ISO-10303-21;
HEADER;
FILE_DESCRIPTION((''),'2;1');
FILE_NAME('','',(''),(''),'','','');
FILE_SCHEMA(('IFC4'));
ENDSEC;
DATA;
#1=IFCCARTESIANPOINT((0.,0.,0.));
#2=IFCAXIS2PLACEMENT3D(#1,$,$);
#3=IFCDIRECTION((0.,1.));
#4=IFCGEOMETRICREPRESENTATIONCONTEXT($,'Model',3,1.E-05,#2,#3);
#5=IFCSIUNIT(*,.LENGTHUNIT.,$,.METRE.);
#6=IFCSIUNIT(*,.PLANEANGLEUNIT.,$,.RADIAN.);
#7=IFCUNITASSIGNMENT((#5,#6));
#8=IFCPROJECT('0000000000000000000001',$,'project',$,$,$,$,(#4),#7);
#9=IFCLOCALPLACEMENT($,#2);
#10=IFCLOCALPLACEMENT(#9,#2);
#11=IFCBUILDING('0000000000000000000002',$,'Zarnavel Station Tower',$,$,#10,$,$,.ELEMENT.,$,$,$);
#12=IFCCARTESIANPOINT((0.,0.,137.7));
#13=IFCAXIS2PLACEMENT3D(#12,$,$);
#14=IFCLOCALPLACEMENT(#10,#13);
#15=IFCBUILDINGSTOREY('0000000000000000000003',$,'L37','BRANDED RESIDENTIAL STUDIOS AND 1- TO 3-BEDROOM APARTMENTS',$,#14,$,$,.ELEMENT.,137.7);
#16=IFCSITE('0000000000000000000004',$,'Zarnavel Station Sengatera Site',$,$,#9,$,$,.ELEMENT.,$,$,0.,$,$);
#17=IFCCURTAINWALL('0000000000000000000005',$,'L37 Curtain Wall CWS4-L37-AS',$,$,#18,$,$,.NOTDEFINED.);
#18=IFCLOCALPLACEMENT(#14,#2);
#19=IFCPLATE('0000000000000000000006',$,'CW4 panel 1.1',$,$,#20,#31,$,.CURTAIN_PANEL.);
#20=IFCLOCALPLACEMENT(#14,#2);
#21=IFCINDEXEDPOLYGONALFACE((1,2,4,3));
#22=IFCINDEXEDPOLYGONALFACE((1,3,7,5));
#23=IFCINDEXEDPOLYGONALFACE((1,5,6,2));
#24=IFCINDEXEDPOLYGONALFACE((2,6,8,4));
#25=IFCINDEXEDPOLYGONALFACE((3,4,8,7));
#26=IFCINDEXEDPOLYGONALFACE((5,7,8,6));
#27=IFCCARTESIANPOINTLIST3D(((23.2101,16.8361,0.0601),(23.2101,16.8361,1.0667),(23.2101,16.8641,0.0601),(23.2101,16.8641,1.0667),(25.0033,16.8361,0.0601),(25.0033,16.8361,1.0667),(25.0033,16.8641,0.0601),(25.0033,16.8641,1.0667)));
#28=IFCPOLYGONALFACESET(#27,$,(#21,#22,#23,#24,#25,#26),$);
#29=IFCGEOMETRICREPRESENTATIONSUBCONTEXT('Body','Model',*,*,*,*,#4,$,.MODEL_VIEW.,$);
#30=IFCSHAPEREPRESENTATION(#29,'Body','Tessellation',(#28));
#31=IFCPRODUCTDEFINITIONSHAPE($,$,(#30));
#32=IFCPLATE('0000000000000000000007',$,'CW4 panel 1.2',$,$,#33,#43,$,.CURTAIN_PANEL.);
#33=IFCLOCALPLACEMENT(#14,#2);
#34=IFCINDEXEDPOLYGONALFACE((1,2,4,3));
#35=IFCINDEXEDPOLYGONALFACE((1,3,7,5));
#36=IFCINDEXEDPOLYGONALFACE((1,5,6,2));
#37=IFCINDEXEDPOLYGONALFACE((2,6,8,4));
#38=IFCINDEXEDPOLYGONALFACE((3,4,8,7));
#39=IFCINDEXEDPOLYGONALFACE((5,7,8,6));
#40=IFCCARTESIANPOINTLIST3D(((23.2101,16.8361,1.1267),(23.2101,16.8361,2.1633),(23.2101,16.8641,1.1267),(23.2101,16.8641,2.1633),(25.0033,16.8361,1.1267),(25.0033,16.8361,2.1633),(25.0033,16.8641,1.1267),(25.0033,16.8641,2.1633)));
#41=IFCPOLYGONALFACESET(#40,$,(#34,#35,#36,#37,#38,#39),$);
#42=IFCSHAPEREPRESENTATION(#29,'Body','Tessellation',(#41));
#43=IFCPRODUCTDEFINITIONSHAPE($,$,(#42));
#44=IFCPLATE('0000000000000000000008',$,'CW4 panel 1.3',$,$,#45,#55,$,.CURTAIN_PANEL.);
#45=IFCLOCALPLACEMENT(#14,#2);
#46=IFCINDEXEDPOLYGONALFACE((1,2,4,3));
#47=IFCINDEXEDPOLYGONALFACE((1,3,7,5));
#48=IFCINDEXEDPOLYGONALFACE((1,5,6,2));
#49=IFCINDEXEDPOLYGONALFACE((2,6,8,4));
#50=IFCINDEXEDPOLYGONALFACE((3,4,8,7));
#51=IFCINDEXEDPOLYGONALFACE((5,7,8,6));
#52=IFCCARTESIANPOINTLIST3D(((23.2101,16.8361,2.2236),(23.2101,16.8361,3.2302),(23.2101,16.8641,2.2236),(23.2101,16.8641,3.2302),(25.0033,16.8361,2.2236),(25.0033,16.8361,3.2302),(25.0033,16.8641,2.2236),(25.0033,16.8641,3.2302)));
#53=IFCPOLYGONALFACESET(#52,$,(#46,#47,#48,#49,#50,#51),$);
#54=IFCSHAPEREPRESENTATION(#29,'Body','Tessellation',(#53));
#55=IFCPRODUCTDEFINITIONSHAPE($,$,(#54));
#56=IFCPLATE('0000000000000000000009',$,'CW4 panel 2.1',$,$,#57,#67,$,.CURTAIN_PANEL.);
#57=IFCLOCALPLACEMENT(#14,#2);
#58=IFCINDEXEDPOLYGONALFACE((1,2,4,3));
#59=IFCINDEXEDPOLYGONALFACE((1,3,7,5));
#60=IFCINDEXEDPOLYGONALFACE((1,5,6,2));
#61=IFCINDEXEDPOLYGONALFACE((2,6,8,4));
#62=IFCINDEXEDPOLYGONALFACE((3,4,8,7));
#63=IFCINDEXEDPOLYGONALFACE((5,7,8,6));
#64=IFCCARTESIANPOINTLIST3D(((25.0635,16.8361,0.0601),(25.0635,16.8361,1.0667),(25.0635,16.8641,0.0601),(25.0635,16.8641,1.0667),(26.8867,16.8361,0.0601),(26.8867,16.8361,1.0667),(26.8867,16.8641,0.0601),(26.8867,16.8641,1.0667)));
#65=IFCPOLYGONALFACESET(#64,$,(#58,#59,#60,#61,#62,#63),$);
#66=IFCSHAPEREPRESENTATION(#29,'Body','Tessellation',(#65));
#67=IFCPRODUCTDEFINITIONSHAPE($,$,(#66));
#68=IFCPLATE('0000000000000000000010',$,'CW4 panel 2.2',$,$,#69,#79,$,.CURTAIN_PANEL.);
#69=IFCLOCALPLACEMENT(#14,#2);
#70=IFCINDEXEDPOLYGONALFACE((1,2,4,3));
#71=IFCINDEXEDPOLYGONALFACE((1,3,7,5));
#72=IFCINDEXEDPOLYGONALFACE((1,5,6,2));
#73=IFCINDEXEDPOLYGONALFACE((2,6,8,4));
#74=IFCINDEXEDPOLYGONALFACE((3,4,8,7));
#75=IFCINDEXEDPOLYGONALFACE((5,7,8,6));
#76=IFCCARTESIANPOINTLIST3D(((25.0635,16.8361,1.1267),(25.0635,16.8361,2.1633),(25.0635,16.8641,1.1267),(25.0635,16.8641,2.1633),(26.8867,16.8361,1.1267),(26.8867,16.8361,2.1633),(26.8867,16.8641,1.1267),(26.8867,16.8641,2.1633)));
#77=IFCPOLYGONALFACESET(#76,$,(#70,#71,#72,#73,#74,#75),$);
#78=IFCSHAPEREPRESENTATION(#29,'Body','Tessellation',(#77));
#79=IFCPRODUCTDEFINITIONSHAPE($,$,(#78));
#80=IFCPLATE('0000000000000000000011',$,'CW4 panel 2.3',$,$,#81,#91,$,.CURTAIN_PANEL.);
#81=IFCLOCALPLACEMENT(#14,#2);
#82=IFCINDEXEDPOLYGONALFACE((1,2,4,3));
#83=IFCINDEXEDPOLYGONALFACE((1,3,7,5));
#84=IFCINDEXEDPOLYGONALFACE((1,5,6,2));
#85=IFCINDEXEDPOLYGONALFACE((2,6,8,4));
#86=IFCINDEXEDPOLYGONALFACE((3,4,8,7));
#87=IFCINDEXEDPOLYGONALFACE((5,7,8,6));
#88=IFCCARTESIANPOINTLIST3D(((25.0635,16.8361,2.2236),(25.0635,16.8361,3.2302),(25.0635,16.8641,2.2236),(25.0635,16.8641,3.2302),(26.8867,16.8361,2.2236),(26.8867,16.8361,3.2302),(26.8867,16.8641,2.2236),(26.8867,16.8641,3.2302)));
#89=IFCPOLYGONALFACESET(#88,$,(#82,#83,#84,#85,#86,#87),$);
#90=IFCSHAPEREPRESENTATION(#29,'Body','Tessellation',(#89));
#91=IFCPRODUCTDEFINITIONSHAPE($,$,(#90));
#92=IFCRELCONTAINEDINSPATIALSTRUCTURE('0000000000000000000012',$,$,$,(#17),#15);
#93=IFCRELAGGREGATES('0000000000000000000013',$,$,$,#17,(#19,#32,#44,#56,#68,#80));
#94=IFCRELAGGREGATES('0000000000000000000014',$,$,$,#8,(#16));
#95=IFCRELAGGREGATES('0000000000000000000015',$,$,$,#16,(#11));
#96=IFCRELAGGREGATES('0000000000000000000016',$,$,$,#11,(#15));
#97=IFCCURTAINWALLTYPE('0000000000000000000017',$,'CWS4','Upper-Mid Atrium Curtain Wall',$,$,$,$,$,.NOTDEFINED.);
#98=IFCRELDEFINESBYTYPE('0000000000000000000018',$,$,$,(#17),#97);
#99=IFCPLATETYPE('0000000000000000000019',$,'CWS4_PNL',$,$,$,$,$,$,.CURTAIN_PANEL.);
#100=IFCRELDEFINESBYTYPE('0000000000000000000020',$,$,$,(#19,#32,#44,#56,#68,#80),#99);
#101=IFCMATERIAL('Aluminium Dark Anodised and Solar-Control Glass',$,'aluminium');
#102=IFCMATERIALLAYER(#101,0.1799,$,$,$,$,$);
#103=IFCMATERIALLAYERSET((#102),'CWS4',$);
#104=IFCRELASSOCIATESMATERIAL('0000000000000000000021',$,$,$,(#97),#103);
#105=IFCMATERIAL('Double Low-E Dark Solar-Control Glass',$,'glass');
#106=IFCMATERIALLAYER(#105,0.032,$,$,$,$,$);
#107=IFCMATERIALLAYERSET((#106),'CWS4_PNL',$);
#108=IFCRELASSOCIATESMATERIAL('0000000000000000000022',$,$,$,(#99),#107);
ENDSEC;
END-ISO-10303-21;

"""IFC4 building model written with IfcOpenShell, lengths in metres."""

from ifc_helpers import new_model, si_unit, direction, frame, origin, origin_2d, place, context, subcontext, project, spatial, rectangle, extrude, material, layer, layer_set, type_object, element, aggregate, save


model = new_model("IFC4")

# Units and contexts
model_context = context("Model", 3, precision=1e-05, world=origin(), true_north=direction((0.0, 1.0)))
body_context = subcontext(model_context, "Body", "Model", "MODEL_VIEW")
ifc_project = project(units=[si_unit("LENGTHUNIT", "METRE"), si_unit("PLANEANGLEUNIT", "RADIAN")], contexts=[model_context])

# Site, building, storey
site_placement = place(None, origin())
site = spatial("IfcSite", under=ifc_project, at=site_placement, Name="Zarnavel Station Sengatera Site", CompositionType="ELEMENT", RefElevation=0.0)
building_placement = place(site_placement, origin())
building = spatial("IfcBuilding", under=site, at=building_placement, Name="Zarnavel Station Tower", CompositionType="ELEMENT")
storey_placement = place(building_placement, frame((0.0, 0.0, 137.7)))
storey = spatial("IfcBuildingStorey", under=building, at=storey_placement, Name="L37", Description="BRANDED RESIDENTIAL STUDIOS AND 1- TO 3-BEDROOM APARTMENTS", CompositionType="ELEMENT", Elevation=137.7)

# Curtain wall, plates
ifc_material_1 = material(Name="Aluminium Dark Anodised and Solar-Control Glass", Category="aluminium")
ifc_layer_1 = layer(ifc_material_1, 0.1799)
ifc_layer_set_1 = layer_set([ifc_layer_1], Name="CWS4")
curtain_wall_type = type_object("IfcCurtainWallType", Name="CWS4", Description="Upper-Mid Atrium Curtain Wall", PredefinedType="NOTDEFINED", material=ifc_layer_set_1)
curtain_wall_placement = place(storey_placement, origin())
curtain_wall = element("IfcCurtainWall", 1, at=curtain_wall_placement, inside=storey, type_object=curtain_wall_type, Name="L37 Curtain Wall CWS4-L37-AS", PredefinedType="NOTDEFINED")
ifc_material_2 = material(Name="Double Low-E Dark Solar-Control Glass", Category="glass")
ifc_layer_2 = layer(ifc_material_2, 0.032)
ifc_layer_set_2 = layer_set([ifc_layer_2], Name="CWS4_PNL")
plate_type = type_object("IfcPlateType", Name="CWS4_PNL", PredefinedType="CURTAIN_PANEL", material=ifc_layer_set_2)
plate_1_placement = place(storey_placement, frame((24.1067, 16.8501, 0.0601), z_axis=(0.0, 0.0, 1.0), x_axis=(1.0, 0.0, 0.0)))
plate_1 = element("IfcPlate", 2, at=plate_1_placement, type_object=plate_type, Name="CW4 panel 1.1", PredefinedType="CURTAIN_PANEL", context=body_context, shape_type="SweptSolid", body=[
    extrude(rectangle(XDim=1.7932, YDim=0.0281, at=origin_2d()), origin(), (0.0, 0.0, 1.0), 1.0066),
])
plate_2_placement = place(storey_placement, frame((24.1067, 16.8501, 1.1267), z_axis=(0.0, 0.0, 1.0), x_axis=(1.0, 0.0, 0.0)))
plate_2 = element("IfcPlate", 3, at=plate_2_placement, type_object=plate_type, Name="CW4 panel 1.2", PredefinedType="CURTAIN_PANEL", context=body_context, shape_type="SweptSolid", body=[
    extrude(rectangle(XDim=1.7932, YDim=0.0281, at=origin_2d()), origin(), (0.0, 0.0, 1.0), 1.0366),
])
plate_3_placement = place(storey_placement, frame((24.1067, 16.8501, 2.2236), z_axis=(0.0, 0.0, 1.0), x_axis=(1.0, 0.0, 0.0)))
plate_3 = element("IfcPlate", 4, at=plate_3_placement, type_object=plate_type, Name="CW4 panel 1.3", PredefinedType="CURTAIN_PANEL", context=body_context, shape_type="SweptSolid", body=[
    extrude(rectangle(XDim=1.7932, YDim=0.0281, at=origin_2d()), origin(), (0.0, 0.0, 1.0), 1.0066),
])
plate_4_placement = place(storey_placement, frame((25.9751, 16.8501, 0.0601), z_axis=(0.0, 0.0, 1.0), x_axis=(1.0, 0.0, 0.0)))
plate_4 = element("IfcPlate", 5, at=plate_4_placement, type_object=plate_type, Name="CW4 panel 2.1", PredefinedType="CURTAIN_PANEL", context=body_context, shape_type="SweptSolid", body=[
    extrude(rectangle(XDim=1.8232, YDim=0.0281, at=origin_2d()), origin(), (0.0, 0.0, 1.0), 1.0066),
])
plate_5_placement = place(storey_placement, frame((25.9751, 16.8501, 1.1267), z_axis=(0.0, 0.0, 1.0), x_axis=(1.0, 0.0, 0.0)))
plate_5 = element("IfcPlate", 6, at=plate_5_placement, type_object=plate_type, Name="CW4 panel 2.2", PredefinedType="CURTAIN_PANEL", context=body_context, shape_type="SweptSolid", body=[
    extrude(rectangle(XDim=1.8232, YDim=0.0281, at=origin_2d()), origin(), (0.0, 0.0, 1.0), 1.0366),
])
plate_6_placement = place(storey_placement, frame((25.9751, 16.8501, 2.2236), z_axis=(0.0, 0.0, 1.0), x_axis=(1.0, 0.0, 0.0)))
plate_6 = element("IfcPlate", 7, at=plate_6_placement, type_object=plate_type, Name="CW4 panel 2.3", PredefinedType="CURTAIN_PANEL", context=body_context, shape_type="SweptSolid", body=[
    extrude(rectangle(XDim=1.8232, YDim=0.0281, at=origin_2d()), origin(), (0.0, 0.0, 1.0), 1.0066),
])
aggregate(curtain_wall, [plate_1, plate_2, plate_3, plate_4, plate_5, plate_6])

save(model, "model.ifc")
